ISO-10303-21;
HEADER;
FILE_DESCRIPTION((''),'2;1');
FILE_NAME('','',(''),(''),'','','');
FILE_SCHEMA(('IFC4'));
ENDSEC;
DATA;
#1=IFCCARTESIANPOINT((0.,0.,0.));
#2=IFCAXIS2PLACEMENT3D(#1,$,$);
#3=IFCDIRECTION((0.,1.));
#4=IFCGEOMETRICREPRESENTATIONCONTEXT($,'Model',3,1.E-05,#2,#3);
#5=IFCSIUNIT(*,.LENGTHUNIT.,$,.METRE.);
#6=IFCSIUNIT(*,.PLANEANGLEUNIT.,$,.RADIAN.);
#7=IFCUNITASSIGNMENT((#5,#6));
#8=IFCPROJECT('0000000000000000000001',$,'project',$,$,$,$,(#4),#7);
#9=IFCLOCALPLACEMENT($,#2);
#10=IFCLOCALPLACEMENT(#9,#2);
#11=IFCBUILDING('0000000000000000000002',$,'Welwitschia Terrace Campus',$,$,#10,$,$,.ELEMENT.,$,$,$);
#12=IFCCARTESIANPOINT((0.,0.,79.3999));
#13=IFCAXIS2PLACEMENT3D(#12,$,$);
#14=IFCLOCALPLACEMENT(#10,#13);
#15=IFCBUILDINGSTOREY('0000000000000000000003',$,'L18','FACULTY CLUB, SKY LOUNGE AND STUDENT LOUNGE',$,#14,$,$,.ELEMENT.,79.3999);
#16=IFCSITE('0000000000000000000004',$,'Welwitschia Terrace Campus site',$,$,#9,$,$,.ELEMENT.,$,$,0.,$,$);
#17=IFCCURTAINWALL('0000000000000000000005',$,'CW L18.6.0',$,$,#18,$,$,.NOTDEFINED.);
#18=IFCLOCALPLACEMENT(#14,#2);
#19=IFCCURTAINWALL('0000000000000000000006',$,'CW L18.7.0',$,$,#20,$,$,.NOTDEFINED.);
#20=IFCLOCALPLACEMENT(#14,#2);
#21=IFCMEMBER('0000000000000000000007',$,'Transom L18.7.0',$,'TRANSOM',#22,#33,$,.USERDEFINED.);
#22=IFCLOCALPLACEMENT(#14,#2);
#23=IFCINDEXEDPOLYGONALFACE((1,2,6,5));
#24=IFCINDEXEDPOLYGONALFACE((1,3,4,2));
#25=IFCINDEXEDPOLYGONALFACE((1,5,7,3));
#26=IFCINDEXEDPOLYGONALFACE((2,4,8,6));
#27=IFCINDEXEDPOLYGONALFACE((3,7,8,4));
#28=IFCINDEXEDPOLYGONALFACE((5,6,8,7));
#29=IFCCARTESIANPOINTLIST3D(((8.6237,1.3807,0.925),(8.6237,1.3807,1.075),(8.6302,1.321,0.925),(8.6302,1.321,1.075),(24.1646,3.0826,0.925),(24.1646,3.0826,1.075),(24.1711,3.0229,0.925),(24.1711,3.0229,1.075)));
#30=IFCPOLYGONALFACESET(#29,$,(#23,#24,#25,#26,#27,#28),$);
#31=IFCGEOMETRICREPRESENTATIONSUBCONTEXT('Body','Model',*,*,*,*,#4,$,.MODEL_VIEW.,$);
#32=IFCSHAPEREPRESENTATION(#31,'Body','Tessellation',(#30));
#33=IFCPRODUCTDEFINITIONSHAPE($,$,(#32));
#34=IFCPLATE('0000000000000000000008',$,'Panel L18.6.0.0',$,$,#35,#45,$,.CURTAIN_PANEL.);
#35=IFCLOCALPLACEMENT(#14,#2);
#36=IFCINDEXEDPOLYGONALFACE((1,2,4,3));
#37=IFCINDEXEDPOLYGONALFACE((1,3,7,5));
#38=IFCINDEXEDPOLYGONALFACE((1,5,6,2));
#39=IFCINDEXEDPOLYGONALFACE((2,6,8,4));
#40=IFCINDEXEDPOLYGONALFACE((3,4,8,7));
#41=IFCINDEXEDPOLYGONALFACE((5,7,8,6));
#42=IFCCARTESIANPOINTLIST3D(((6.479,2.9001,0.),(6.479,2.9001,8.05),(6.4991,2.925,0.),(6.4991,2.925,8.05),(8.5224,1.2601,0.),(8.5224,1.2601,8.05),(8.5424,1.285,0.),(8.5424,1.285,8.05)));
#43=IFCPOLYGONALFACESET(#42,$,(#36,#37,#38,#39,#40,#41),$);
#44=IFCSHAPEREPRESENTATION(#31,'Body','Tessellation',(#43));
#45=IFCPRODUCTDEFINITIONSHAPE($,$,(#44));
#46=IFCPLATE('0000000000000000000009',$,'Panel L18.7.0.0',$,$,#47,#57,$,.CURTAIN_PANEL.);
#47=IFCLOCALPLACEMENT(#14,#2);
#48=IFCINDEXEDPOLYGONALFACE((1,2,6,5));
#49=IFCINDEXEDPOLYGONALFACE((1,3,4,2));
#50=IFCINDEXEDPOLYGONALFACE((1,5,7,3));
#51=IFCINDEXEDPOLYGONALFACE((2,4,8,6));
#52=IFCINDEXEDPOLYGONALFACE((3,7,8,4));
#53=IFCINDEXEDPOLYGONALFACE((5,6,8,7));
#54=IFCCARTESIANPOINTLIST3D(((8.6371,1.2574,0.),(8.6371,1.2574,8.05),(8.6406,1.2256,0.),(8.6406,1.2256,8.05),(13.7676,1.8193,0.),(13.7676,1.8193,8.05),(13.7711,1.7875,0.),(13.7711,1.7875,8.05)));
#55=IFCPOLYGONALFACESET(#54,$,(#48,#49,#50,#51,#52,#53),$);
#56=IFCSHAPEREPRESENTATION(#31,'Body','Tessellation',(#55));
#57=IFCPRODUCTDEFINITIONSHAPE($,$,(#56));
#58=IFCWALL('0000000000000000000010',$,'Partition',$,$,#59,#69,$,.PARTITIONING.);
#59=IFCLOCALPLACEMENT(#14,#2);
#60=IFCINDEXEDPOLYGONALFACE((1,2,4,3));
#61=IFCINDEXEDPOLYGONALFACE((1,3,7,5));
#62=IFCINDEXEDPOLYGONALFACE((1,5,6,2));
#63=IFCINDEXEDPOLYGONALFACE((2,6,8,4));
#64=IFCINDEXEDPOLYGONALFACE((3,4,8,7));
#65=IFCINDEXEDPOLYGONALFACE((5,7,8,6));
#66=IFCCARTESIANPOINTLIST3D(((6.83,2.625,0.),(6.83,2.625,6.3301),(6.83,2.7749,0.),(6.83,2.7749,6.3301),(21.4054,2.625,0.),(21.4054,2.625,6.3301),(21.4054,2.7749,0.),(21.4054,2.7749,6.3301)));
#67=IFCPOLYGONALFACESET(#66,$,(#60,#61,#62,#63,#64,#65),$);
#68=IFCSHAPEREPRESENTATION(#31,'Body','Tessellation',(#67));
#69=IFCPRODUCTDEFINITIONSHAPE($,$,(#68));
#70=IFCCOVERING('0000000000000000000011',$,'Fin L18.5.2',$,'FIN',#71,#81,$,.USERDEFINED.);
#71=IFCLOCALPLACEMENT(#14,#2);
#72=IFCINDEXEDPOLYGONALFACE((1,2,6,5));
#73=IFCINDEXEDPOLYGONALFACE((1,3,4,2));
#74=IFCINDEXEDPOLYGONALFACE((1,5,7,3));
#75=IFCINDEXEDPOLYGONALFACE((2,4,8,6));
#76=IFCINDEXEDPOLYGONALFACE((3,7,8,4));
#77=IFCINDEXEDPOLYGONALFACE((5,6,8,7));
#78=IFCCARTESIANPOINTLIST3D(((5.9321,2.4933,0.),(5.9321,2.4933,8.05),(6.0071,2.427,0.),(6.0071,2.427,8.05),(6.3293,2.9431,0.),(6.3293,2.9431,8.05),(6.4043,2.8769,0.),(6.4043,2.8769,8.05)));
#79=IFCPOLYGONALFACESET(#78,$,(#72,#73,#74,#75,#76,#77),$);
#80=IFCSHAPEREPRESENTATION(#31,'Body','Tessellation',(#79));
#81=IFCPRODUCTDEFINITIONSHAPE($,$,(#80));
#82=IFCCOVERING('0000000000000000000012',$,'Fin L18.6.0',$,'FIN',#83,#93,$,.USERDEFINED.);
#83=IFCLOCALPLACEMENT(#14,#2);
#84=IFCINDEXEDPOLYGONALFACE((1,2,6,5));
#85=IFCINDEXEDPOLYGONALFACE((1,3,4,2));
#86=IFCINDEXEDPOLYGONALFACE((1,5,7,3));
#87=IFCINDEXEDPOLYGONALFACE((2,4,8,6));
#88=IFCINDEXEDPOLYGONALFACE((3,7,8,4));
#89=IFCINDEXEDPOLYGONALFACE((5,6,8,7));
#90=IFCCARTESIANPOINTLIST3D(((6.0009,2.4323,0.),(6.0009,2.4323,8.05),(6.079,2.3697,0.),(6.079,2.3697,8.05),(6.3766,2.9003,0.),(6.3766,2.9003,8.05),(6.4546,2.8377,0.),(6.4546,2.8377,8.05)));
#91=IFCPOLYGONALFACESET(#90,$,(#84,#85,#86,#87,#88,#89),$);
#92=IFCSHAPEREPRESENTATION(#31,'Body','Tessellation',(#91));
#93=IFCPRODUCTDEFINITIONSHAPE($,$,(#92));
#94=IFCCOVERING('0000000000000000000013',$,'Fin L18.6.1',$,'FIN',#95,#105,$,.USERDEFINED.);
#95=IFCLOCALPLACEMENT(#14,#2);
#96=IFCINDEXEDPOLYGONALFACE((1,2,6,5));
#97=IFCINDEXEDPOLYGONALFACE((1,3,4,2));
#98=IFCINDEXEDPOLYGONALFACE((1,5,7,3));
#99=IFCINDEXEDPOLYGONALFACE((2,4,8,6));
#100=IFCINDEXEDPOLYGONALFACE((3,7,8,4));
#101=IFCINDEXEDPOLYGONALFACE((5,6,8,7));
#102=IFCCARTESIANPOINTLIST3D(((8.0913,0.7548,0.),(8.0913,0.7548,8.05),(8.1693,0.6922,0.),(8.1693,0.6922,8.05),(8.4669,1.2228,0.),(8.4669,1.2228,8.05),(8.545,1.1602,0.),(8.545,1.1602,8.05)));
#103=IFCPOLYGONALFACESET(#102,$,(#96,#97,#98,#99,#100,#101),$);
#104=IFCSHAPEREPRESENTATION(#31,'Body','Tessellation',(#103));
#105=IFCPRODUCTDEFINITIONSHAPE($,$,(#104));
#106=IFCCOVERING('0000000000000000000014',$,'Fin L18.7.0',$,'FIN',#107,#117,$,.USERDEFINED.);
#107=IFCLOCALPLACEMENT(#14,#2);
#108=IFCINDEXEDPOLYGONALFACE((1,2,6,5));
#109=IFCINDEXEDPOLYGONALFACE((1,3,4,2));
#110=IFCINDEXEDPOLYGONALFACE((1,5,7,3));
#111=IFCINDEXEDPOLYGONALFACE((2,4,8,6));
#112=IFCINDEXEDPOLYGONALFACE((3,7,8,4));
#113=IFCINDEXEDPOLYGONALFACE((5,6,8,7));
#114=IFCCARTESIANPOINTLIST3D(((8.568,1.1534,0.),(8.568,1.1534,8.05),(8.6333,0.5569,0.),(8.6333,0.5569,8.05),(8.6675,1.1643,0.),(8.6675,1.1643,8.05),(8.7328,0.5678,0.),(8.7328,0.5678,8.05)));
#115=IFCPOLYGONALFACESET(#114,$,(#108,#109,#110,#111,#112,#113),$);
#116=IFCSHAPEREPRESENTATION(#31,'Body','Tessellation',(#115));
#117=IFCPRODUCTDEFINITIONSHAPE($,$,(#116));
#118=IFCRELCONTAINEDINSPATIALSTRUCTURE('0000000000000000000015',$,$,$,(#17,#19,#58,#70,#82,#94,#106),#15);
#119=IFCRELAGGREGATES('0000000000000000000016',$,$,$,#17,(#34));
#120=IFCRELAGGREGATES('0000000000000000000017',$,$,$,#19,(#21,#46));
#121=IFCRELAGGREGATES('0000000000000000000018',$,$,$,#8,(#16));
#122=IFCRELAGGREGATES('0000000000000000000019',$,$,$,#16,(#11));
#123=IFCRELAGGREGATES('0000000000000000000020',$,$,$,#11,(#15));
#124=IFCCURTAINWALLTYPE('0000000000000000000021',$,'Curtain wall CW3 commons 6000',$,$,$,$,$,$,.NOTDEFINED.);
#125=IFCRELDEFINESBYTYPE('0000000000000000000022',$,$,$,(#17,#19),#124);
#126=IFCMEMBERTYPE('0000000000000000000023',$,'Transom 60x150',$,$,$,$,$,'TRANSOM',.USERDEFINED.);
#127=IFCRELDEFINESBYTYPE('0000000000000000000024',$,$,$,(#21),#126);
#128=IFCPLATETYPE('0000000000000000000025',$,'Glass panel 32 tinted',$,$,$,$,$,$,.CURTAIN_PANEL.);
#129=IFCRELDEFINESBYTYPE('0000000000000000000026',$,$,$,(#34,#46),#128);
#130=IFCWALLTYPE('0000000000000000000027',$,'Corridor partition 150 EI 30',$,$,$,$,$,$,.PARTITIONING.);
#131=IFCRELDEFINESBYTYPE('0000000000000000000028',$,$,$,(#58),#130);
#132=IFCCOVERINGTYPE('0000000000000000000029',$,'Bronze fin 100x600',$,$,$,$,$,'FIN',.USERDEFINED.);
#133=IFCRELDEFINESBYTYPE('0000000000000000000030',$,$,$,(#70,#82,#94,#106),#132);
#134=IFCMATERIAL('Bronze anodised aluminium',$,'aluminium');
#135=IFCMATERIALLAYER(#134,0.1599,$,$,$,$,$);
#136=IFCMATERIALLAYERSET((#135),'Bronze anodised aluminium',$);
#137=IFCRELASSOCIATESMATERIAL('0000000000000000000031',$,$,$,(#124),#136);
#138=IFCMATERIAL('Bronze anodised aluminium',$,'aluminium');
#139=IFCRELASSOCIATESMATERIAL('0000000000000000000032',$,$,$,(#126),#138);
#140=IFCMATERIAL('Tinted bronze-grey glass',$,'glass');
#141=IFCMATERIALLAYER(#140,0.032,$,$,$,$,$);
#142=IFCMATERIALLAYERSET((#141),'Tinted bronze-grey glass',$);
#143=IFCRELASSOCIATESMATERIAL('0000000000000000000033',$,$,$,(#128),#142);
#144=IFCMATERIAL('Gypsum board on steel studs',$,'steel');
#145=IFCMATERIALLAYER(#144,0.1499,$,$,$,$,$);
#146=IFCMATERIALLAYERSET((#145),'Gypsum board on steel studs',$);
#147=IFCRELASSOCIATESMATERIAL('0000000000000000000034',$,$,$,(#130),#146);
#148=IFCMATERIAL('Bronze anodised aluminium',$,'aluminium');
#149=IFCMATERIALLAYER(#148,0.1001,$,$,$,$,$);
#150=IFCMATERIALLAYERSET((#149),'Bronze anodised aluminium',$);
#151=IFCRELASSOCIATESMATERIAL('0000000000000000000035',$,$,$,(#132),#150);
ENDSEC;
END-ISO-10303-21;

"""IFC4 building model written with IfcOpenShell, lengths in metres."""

from ifc_helpers import new_model, si_unit, direction, frame, frame_2d, origin, origin_2d, place, context, subcontext, project, spatial, rectangle, extrude, material, layer, layer_set, material_profile, profile_set, type_object, element, aggregate, save


model = new_model("IFC4")

# Units and contexts
model_context = context("Model", 3, precision=1e-05, world=origin(), true_north=direction((0.0, 1.0)))
body_context = subcontext(model_context, "Body", "Model", "MODEL_VIEW")
ifc_project = project(units=[si_unit("LENGTHUNIT", "METRE"), si_unit("PLANEANGLEUNIT", "RADIAN")], contexts=[model_context])

# Site, building, storey
site_placement = place(None, origin())
site = spatial("IfcSite", under=ifc_project, at=site_placement, Name="Welwitschia Terrace Campus site", CompositionType="ELEMENT", RefElevation=0.0)
building_placement = place(site_placement, origin())
building = spatial("IfcBuilding", under=site, at=building_placement, Name="Welwitschia Terrace Campus", CompositionType="ELEMENT")
storey_placement = place(building_placement, frame((0.0, 0.0, 79.3999)))
storey = spatial("IfcBuildingStorey", under=building, at=storey_placement, Name="L18", Description="FACULTY CLUB, SKY LOUNGE AND STUDENT LOUNGE", CompositionType="ELEMENT", Elevation=79.3999)

# Shared definitions
ifc_material_1 = material(Name="Bronze anodised aluminium", Category="aluminium")
ifc_layer_1 = layer(ifc_material_1, 0.1599)
ifc_layer_set_1 = layer_set([ifc_layer_1], Name="Bronze anodised aluminium")
curtain_wall_type = type_object("IfcCurtainWallType", Name="Curtain wall CW3 commons 6000", PredefinedType="NOTDEFINED", material=ifc_layer_set_1)

# Curtain wall
curtain_wall_1_placement = place(storey_placement, origin())
curtain_wall_1 = element("IfcCurtainWall", 1, at=curtain_wall_1_placement, inside=storey, type_object=curtain_wall_type, Name="CW L18.6.0", PredefinedType="NOTDEFINED")

# Curtain wall
curtain_wall_2_placement = place(storey_placement, origin())
curtain_wall_2 = element("IfcCurtainWall", 2, at=curtain_wall_2_placement, inside=storey, type_object=curtain_wall_type, Name="CW L18.7.0", PredefinedType="NOTDEFINED")

# Member
ifc_material_2 = material(Name="Bronze anodised aluminium", Category="aluminium")
ifc_material_profile_1 = material_profile(ifc_material_2, rectangle(XDim=0.0601, YDim=0.1499, at=origin_2d()))
ifc_profile_set_1 = profile_set([ifc_material_profile_1], Name="Bronze anodised aluminium")
member_type_1 = type_object("IfcMemberType", Name="Transom 60x150", ElementType="TRANSOM", PredefinedType="USERDEFINED", material=ifc_profile_set_1)
member_1_placement = place(storey_placement, frame((8.627, 1.3508, 1.0), z_axis=(0.994057, 0.108861, 0.0), x_axis=(-0.108861, 0.994057, 0.0)))
member_1 = element("IfcMember", 3, at=member_1_placement, type_object=member_type_1, Name="Transom L18.7.0", ObjectType="TRANSOM", PredefinedType="USERDEFINED", context=body_context, shape_type="SweptSolid", body=[
    extrude(rectangle(XDim=0.0601, YDim=0.1499, at=origin_2d()), origin(), (0.0, 0.0, 1.0), 15.6338),
])

# Plates
ifc_material_3 = material(Name="Tinted bronze-grey glass", Category="glass")
ifc_layer_2 = layer(ifc_material_3, 0.032)
ifc_layer_set_2 = layer_set([ifc_layer_2], Name="Tinted bronze-grey glass")
plate_type = type_object("IfcPlateType", Name="Glass panel 32 tinted", PredefinedType="CURTAIN_PANEL", material=ifc_layer_set_2)
plate_1_placement = place(storey_placement, frame((7.5107, 2.0925, 0.0), z_axis=(0.0, 0.0, 1.0), x_axis=(0.779884, -0.625923, 0.0)))
plate_1 = element("IfcPlate", 4, at=plate_1_placement, type_object=plate_type, Name="Panel L18.6.0.0", PredefinedType="CURTAIN_PANEL", context=body_context, shape_type="SweptSolid", body=[
    extrude(rectangle(XDim=2.6201, YDim=0.032, at=origin_2d()), origin(), (0.0, 0.0, 1.0), 8.05),
])
aggregate(curtain_wall_1, [plate_1])
plate_2_placement = place(storey_placement, frame((11.2041, 1.5225, 0.0), z_axis=(0.0, 0.0, 1.0), x_axis=(0.994056, 0.108867, 0.0)))
plate_2 = element("IfcPlate", 5, at=plate_2_placement, type_object=plate_type, Name="Panel L18.7.0.0", PredefinedType="CURTAIN_PANEL", context=body_context, shape_type="SweptSolid", body=[
    extrude(rectangle(XDim=5.1611, YDim=0.032, at=origin_2d()), origin(), (0.0, 0.0, 1.0), 8.05),
])
aggregate(curtain_wall_2, [member_1, plate_2])

# Wall
ifc_material_4 = material(Name="Gypsum board on steel studs", Category="steel")
ifc_layer_3 = layer(ifc_material_4, 0.1499)
ifc_layer_set_3 = layer_set([ifc_layer_3], Name="Gypsum board on steel studs")
wall_type = type_object("IfcWallType", Name="Corridor partition 150 EI 30", PredefinedType="PARTITIONING", material=ifc_layer_set_3)
wall_placement = place(storey_placement, frame((6.8301, 2.7, 0.0), z_axis=(0.0, 0.0, 1.0), x_axis=(1.0, 0.0, 0.0)))
element("IfcWall", 6, at=wall_placement, inside=storey, type_object=wall_type, Name="Partition", PredefinedType="PARTITIONING", context=body_context, shape_type="SweptSolid", body=[
    extrude(rectangle(XDim=14.5754, YDim=0.1499, at=frame_2d((7.2876, 0.0))), origin(), (0.0, 0.0, 1.0), 6.3301),
])

# Coverings
ifc_material_5 = material(Name="Bronze anodised aluminium", Category="aluminium")
ifc_layer_4 = layer(ifc_material_5, 0.1001)
ifc_layer_set_4 = layer_set([ifc_layer_4], Name="Bronze anodised aluminium")
covering_type = type_object("IfcCoveringType", Name="Bronze fin 100x600", ElementType="FIN", PredefinedType="USERDEFINED", material=ifc_layer_set_4)
for number, where, z_axis, x_axis, name in (
    (7, (6.1682, 2.6851, 0.0), (0.0, 0.0, 1.0), (0.74963, -0.661858, 0.0), "Fin L18.5.2"),
    (8, (6.2278, 2.635, 0.0), (0.0, 0.0, 1.0), (0.779884, -0.625923, 0.0), "Fin L18.6.0"),
    (9, (8.3181, 0.9575, 0.0), (0.0, 0.0, 1.0), (0.779884, -0.625923, 0.0), "Fin L18.6.1"),
    (10, (8.6504, 0.8606, 0.0), (0.0, 0.0, 1.0), (0.994056, 0.108867, 0.0), "Fin L18.7.0"),
):
    element("IfcCovering", number, at=place(storey_placement, frame(where, z_axis=z_axis, x_axis=x_axis)), inside=storey, type_object=covering_type, Name=name, ObjectType="FIN", PredefinedType="USERDEFINED", context=body_context, shape_type="SweptSolid", body=[
        extrude(rectangle(XDim=0.1001, YDim=0.6001, at=origin_2d()), origin(), (0.0, 0.0, 1.0), 8.05),
    ])

save(model, "model.ifc")
